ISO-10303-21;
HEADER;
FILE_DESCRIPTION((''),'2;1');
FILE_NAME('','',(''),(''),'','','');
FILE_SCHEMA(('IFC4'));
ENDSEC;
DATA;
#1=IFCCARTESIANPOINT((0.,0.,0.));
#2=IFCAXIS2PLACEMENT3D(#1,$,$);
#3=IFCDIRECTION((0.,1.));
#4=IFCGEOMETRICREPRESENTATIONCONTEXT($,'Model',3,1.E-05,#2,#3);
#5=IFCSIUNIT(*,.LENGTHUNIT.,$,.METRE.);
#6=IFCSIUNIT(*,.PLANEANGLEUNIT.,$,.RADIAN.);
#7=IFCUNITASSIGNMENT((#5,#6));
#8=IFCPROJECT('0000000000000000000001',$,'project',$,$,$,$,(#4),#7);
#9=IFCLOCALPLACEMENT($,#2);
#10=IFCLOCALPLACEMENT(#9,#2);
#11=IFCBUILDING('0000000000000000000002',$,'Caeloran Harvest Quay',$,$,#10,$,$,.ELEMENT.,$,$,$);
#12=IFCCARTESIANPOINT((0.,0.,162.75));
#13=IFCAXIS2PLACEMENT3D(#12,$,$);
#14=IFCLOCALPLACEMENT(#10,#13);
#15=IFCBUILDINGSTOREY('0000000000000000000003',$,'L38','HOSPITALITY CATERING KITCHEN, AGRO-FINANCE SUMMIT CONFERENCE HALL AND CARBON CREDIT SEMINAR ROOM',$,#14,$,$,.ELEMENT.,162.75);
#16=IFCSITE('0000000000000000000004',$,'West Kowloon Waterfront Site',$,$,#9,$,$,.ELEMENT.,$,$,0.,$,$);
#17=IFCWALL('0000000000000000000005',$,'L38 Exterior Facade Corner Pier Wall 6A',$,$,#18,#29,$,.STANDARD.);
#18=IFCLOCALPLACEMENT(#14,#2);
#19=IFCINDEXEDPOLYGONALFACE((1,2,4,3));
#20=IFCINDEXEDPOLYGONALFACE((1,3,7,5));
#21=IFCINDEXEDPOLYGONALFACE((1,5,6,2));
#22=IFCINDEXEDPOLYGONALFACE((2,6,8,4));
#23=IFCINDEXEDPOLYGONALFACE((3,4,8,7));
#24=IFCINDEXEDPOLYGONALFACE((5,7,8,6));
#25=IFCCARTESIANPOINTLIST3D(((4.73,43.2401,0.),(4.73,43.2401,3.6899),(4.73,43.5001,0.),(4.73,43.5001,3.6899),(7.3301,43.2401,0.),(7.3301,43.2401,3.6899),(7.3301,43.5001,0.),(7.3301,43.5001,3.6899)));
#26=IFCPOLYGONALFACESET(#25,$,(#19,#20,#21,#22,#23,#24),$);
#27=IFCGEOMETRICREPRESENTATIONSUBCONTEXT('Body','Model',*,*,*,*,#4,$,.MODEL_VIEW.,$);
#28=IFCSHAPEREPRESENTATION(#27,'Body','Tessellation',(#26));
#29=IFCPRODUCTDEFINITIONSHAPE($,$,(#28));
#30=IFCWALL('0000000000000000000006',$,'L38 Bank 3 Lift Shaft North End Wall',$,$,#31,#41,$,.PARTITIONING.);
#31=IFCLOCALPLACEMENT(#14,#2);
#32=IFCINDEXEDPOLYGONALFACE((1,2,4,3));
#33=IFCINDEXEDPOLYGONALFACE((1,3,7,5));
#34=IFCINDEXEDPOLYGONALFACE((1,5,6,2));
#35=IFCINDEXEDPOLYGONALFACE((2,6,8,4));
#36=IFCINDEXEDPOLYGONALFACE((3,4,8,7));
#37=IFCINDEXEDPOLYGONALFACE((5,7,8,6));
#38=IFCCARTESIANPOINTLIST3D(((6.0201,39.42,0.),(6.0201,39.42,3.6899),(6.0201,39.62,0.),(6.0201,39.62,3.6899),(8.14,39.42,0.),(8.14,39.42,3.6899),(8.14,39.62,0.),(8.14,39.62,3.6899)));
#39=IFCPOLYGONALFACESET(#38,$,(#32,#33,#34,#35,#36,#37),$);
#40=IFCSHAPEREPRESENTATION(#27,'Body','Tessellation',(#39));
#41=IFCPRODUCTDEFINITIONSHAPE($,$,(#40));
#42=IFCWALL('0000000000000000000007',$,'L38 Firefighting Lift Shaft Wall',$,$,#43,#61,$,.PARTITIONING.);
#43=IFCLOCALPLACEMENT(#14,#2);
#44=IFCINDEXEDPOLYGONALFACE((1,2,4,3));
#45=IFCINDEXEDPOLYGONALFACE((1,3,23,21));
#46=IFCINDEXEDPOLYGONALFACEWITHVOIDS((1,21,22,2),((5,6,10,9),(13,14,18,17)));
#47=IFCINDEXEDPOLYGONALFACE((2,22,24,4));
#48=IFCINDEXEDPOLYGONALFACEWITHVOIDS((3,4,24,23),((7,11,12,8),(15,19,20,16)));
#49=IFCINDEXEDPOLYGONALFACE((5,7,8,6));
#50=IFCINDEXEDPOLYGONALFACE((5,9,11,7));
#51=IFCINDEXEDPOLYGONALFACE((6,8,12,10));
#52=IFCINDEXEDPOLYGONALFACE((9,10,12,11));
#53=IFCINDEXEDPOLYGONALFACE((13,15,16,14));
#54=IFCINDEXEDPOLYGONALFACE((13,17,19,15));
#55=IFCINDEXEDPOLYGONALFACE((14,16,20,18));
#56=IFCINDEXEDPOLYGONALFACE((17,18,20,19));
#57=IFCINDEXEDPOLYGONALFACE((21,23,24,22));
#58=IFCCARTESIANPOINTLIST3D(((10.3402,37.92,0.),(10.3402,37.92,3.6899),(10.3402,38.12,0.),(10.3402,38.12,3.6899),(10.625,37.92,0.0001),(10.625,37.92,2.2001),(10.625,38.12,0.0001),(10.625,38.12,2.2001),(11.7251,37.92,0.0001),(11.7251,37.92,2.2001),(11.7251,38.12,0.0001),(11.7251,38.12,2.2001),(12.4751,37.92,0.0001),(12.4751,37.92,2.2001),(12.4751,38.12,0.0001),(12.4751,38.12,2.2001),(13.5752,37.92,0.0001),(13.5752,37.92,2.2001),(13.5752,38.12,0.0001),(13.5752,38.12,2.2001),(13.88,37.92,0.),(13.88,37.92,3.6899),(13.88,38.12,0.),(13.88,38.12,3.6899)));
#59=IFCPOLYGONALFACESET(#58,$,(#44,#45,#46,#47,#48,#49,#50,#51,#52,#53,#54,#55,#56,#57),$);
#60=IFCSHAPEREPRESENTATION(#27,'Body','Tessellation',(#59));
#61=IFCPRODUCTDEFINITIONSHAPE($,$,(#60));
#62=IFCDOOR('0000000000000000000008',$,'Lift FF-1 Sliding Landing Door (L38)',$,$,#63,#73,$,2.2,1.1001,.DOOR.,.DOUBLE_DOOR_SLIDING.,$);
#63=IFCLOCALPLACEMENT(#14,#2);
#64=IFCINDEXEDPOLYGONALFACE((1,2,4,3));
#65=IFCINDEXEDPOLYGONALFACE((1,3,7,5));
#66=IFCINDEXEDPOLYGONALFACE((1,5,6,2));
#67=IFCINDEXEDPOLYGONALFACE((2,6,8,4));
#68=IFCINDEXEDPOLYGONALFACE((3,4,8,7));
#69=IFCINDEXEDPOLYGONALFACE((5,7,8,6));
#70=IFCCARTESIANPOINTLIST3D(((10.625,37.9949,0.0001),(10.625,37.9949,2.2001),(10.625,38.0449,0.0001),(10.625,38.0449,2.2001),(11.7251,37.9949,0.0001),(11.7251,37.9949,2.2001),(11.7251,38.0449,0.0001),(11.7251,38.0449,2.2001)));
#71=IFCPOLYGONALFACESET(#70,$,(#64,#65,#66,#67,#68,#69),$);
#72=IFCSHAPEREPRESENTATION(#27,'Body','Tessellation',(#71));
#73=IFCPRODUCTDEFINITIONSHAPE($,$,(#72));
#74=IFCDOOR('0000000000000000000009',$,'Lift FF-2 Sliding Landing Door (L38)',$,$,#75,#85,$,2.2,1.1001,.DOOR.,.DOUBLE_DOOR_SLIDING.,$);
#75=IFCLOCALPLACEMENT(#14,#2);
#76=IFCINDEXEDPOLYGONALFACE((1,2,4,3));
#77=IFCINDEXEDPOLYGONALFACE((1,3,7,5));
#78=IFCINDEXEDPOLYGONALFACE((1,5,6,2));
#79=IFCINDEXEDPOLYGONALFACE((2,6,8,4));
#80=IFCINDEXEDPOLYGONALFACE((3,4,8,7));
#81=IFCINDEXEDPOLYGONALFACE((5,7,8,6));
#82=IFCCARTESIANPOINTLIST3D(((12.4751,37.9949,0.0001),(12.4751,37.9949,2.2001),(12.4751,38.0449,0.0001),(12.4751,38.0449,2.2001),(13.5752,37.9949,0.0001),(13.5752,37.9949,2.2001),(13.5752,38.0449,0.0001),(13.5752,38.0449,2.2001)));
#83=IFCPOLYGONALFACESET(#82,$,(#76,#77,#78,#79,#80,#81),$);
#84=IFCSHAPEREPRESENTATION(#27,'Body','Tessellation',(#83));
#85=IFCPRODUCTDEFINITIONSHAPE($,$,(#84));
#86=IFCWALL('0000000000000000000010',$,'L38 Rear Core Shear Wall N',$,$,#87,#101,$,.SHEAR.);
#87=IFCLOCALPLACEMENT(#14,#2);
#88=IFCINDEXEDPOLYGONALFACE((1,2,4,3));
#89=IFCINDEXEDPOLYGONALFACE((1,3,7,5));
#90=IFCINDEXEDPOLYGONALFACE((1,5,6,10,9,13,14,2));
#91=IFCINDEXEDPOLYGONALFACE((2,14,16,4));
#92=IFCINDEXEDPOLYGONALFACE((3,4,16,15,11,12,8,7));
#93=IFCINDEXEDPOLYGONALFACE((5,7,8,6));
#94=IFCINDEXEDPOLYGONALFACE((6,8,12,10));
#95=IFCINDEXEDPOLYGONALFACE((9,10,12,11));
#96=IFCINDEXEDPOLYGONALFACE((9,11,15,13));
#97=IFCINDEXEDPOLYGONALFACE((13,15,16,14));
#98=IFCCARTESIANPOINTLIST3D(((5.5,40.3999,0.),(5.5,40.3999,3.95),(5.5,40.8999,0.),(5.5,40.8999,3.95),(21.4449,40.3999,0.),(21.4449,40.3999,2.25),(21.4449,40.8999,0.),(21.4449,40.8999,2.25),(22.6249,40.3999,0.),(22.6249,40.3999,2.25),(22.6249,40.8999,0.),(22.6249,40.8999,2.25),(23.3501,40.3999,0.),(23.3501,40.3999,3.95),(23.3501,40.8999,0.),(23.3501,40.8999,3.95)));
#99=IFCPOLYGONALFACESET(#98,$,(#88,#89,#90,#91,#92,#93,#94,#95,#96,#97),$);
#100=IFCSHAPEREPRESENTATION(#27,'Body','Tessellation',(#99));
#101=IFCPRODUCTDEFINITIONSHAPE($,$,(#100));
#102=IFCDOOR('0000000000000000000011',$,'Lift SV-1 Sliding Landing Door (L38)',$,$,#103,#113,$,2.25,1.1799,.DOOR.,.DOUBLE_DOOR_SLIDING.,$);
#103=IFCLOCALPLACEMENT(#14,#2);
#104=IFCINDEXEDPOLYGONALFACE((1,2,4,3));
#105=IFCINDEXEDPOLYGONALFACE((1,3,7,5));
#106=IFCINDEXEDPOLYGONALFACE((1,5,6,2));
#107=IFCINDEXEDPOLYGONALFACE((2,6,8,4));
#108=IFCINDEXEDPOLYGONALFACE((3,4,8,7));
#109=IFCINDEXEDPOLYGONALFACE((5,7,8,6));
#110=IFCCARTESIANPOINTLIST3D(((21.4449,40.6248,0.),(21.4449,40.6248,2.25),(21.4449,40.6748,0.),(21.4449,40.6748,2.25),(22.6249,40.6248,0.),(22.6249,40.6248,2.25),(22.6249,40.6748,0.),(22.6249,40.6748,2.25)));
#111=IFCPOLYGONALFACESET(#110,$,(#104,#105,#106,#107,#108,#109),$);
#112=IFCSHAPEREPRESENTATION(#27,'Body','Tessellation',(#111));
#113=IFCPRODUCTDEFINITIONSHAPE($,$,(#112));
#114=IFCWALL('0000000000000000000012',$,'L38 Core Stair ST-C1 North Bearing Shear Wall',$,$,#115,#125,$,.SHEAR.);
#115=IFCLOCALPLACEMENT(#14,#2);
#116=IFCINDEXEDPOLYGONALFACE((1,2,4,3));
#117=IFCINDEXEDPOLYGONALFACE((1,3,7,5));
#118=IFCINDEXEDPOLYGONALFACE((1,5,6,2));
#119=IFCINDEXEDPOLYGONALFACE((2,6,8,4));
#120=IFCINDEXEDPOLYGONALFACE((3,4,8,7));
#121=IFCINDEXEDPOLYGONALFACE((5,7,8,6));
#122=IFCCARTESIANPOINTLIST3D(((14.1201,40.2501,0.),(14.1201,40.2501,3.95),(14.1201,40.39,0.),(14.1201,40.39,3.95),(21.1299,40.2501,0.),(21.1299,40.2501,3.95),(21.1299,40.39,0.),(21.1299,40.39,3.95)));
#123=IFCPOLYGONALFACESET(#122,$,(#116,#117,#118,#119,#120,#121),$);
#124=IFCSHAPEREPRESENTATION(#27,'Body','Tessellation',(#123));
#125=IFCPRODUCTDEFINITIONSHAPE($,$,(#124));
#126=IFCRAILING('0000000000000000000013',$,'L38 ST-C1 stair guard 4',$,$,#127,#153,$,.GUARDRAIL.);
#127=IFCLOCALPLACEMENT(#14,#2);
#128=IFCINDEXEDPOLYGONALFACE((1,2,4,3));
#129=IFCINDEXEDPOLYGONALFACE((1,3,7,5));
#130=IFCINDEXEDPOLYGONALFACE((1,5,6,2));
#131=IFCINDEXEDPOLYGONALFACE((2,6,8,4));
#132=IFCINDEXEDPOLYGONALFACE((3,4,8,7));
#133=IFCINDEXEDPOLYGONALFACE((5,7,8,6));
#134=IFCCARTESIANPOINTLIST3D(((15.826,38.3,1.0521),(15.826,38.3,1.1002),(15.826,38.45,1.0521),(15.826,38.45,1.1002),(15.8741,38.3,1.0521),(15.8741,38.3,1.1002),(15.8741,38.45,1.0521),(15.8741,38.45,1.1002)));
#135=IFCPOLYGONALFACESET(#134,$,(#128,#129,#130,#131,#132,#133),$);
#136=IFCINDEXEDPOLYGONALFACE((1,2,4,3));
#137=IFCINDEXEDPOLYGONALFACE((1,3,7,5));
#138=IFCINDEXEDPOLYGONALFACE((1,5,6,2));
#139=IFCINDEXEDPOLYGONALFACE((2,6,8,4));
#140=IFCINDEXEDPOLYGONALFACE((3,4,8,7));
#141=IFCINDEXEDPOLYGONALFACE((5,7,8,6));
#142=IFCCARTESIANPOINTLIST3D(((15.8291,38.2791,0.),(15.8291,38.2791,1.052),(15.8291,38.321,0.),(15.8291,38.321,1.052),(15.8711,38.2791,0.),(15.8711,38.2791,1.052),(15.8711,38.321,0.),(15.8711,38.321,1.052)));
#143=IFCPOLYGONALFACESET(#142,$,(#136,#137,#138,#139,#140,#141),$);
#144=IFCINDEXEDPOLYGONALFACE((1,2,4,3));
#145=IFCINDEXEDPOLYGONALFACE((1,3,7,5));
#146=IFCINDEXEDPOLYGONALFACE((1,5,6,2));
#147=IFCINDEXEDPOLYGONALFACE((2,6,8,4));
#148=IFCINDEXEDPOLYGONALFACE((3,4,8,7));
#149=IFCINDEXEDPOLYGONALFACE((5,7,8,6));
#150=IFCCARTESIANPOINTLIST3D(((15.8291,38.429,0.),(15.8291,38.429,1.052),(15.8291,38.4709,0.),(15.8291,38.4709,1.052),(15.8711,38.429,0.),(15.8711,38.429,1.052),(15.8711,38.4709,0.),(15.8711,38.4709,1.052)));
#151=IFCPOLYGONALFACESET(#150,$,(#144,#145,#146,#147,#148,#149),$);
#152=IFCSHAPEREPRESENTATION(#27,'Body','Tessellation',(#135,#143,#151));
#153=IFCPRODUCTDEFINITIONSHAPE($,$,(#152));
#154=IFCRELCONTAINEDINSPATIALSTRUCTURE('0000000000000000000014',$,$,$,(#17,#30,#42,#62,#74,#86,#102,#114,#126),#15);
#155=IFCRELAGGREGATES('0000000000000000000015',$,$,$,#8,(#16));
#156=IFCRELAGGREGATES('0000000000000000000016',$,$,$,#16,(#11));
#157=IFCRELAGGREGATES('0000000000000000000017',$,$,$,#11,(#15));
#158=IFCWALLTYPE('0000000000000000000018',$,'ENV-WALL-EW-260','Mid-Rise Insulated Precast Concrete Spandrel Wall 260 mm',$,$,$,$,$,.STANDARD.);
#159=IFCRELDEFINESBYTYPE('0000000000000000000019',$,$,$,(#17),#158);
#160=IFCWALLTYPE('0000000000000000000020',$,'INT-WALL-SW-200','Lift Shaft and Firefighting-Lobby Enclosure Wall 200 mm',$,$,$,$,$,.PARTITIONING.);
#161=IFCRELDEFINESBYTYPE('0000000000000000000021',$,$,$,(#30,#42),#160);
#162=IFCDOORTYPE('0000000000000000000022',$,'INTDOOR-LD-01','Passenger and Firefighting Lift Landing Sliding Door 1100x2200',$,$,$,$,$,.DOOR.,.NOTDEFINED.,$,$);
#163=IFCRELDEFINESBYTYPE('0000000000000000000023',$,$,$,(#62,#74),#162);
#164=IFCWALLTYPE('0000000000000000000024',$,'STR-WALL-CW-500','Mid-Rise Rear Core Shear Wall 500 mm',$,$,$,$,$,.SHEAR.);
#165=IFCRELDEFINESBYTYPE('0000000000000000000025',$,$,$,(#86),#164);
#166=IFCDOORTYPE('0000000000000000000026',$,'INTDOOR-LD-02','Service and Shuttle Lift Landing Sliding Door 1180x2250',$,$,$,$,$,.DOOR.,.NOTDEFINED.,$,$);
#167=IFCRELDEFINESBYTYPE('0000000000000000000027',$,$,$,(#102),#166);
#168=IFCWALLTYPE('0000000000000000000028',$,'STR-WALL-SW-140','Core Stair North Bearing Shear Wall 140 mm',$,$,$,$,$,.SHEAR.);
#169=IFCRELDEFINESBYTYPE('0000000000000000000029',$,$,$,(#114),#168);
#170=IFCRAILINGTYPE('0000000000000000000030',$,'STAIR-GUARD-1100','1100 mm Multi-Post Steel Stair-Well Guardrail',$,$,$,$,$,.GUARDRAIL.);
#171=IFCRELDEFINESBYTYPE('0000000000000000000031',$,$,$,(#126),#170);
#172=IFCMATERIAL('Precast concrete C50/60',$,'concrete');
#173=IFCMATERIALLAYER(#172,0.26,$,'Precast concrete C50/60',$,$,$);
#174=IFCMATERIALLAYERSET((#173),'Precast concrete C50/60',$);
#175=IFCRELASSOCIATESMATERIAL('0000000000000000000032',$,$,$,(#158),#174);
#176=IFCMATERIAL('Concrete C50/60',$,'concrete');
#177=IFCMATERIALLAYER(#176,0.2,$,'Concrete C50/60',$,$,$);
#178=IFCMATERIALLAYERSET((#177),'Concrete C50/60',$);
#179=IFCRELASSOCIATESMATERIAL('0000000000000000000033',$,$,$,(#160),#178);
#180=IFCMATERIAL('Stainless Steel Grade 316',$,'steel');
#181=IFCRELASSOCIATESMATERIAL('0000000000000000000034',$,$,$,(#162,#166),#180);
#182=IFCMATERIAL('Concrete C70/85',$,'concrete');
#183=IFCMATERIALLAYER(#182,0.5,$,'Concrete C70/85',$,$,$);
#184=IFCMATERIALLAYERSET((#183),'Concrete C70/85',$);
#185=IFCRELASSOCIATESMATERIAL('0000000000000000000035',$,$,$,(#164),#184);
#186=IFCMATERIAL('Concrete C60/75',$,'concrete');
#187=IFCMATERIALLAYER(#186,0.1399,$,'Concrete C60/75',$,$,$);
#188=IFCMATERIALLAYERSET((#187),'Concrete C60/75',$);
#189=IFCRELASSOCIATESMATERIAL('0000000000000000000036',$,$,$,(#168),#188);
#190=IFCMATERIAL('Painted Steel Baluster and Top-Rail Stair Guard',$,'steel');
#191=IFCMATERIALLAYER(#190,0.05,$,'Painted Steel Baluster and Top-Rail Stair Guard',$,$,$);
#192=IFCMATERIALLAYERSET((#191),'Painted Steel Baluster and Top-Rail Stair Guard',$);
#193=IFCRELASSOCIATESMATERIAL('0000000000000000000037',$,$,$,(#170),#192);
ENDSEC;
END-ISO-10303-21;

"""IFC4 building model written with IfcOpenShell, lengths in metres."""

from ifc_helpers import new_model, si_unit, direction, frame, frame_2d, origin, origin_2d, place, context, subcontext, project, spatial, rectangle, extrude, material, layer, layer_set, type_object, element, fill, save


model = new_model("IFC4")

# Units and contexts
model_context = context("Model", 3, precision=1e-05, world=origin(), true_north=direction((0.0, 1.0)))
body_context = subcontext(model_context, "Body", "Model", "MODEL_VIEW")
ifc_project = project(units=[si_unit("LENGTHUNIT", "METRE"), si_unit("PLANEANGLEUNIT", "RADIAN")], contexts=[model_context])

# Site, building, storey
site_placement = place(None, origin())
site = spatial("IfcSite", under=ifc_project, at=site_placement, Name="West Kowloon Waterfront Site", CompositionType="ELEMENT", RefElevation=0.0)
building_placement = place(site_placement, origin())
building = spatial("IfcBuilding", under=site, at=building_placement, Name="Caeloran Harvest Quay", CompositionType="ELEMENT")
storey_placement = place(building_placement, frame((0.0, 0.0, 162.75)))
storey = spatial("IfcBuildingStorey", under=building, at=storey_placement, Name="L38", Description="HOSPITALITY CATERING KITCHEN, AGRO-FINANCE SUMMIT CONFERENCE HALL AND CARBON CREDIT SEMINAR ROOM", CompositionType="ELEMENT", Elevation=162.75)

# Walls
ifc_material_1 = material(Name="Precast concrete C50/60", Category="concrete")
ifc_layer_1 = layer(ifc_material_1, 0.26, Name="Precast concrete C50/60")
ifc_layer_set_1 = layer_set([ifc_layer_1], Name="Precast concrete C50/60")
wall_type_1 = type_object("IfcWallType", Name="ENV-WALL-EW-260", Description="Mid-Rise Insulated Precast Concrete Spandrel Wall 260 mm", PredefinedType="STANDARD", material=ifc_layer_set_1)
wall_1_placement = place(storey_placement, frame((4.73, 43.3701, 0.0), z_axis=(0.0, 0.0, 1.0), x_axis=(1.0, 0.0, 0.0)))
element("IfcWall", 1, at=wall_1_placement, inside=storey, type_object=wall_type_1, Name="L38 Exterior Facade Corner Pier Wall 6A", PredefinedType="STANDARD", context=body_context, shape_type="SweptSolid", body=[
    extrude(rectangle(XDim=2.6001, YDim=0.26, at=frame_2d((1.3, 0.0))), origin(), (0.0, 0.0, 1.0), 3.6899),
])
ifc_material_2 = material(Name="Concrete C50/60", Category="concrete")
ifc_layer_2 = layer(ifc_material_2, 0.2, Name="Concrete C50/60")
ifc_layer_set_2 = layer_set([ifc_layer_2], Name="Concrete C50/60")
wall_type_2 = type_object("IfcWallType", Name="INT-WALL-SW-200", Description="Lift Shaft and Firefighting-Lobby Enclosure Wall 200 mm", PredefinedType="PARTITIONING", material=ifc_layer_set_2)
wall_2_placement = place(storey_placement, frame((6.02, 39.52, 0.0), z_axis=(0.0, 0.0, 1.0), x_axis=(1.0, 0.0, 0.0)))
element("IfcWall", 2, at=wall_2_placement, inside=storey, type_object=wall_type_2, Name="L38 Bank 3 Lift Shaft North End Wall", PredefinedType="PARTITIONING", context=body_context, shape_type="SweptSolid", body=[
    extrude(rectangle(XDim=2.1199, YDim=0.2, at=frame_2d((1.0601, 0.0))), origin(), (0.0, 0.0, 1.0), 3.6899),
])

# Wall, openings, doors
wall_3_placement = place(storey_placement, frame((10.3401, 38.02, 0.0), z_axis=(0.0, 0.0, 1.0), x_axis=(1.0, 0.0, 0.0)))
wall_3 = element("IfcWall", 3, at=wall_3_placement, inside=storey, type_object=wall_type_2, Name="L38 Firefighting Lift Shaft Wall", PredefinedType="PARTITIONING", context=body_context, shape_type="SweptSolid", body=[
    extrude(rectangle(XDim=3.5398, YDim=0.2, at=frame_2d((1.77, 0.0))), origin(), (0.0, 0.0, 1.0), 3.6899),
])
opening_1_placement = place(wall_3_placement, frame((0.2849, 0.0, 0.0)))
opening_1 = element("IfcOpeningElement", 4, at=opening_1_placement, cuts=wall_3, PredefinedType="OPENING", context=body_context, shape_type="SweptSolid", body=[
    extrude(rectangle(XDim=1.1001, YDim=2.2, at=frame_2d((0.55, 1.1001))), frame((0.0, 0.1099, 0.0), z_axis=(0.0, -1.0, 0.0), x_axis=(1.0, 0.0, 0.0)), (0.0, 0.0, 1.0), 0.22),
])
opening_2_placement = place(wall_3_placement, frame((2.135, 0.0, 0.0)))
opening_2 = element("IfcOpeningElement", 5, at=opening_2_placement, cuts=wall_3, PredefinedType="OPENING", context=body_context, shape_type="SweptSolid", body=[
    extrude(rectangle(XDim=1.1001, YDim=2.2, at=frame_2d((0.55, 1.1001))), frame((0.0, 0.1099, 0.0), z_axis=(0.0, -1.0, 0.0), x_axis=(1.0, 0.0, 0.0)), (0.0, 0.0, 1.0), 0.22),
])
ifc_material_3 = material(Name="Stainless Steel Grade 316", Category="steel")
door_type_1 = type_object("IfcDoorType", Name="INTDOOR-LD-01", Description="Passenger and Firefighting Lift Landing Sliding Door 1100x2200", OperationType="NOTDEFINED", PredefinedType="DOOR", material=ifc_material_3)
door_1_placement = place(opening_1_placement, origin())
door_1 = element("IfcDoor", 6, at=door_1_placement, inside=storey, type_object=door_type_1, Name="Lift FF-1 Sliding Landing Door (L38)", OperationType="DOUBLE_DOOR_SLIDING", OverallHeight=2.2, OverallWidth=1.1001, PredefinedType="DOOR", context=body_context, shape_type="SweptSolid", body=[
    extrude(rectangle(XDim=1.1001, YDim=2.2, at=frame_2d((0.55, 1.1001))), frame((0.0, 0.0249, 0.0), z_axis=(0.0, -1.0, 0.0), x_axis=(1.0, 0.0, 0.0)), (0.0, 0.0, 1.0), 0.05),
])
fill(opening_1, door_1)
door_2_placement = place(opening_2_placement, origin())
door_2 = element("IfcDoor", 7, at=door_2_placement, inside=storey, type_object=door_type_1, Name="Lift FF-2 Sliding Landing Door (L38)", OperationType="DOUBLE_DOOR_SLIDING", OverallHeight=2.2, OverallWidth=1.1001, PredefinedType="DOOR", context=body_context, shape_type="SweptSolid", body=[
    extrude(rectangle(XDim=1.1001, YDim=2.2, at=frame_2d((0.55, 1.1001))), frame((0.0, 0.0249, 0.0), z_axis=(0.0, -1.0, 0.0), x_axis=(1.0, 0.0, 0.0)), (0.0, 0.0, 1.0), 0.05),
])
fill(opening_2, door_2)

# Wall, opening, door
ifc_material_4 = material(Name="Concrete C70/85", Category="concrete")
ifc_layer_3 = layer(ifc_material_4, 0.5, Name="Concrete C70/85")
ifc_layer_set_3 = layer_set([ifc_layer_3], Name="Concrete C70/85")
wall_type_3 = type_object("IfcWallType", Name="STR-WALL-CW-500", Description="Mid-Rise Rear Core Shear Wall 500 mm", PredefinedType="SHEAR", material=ifc_layer_set_3)
wall_4_placement = place(storey_placement, frame((5.5, 40.6499, 0.0), z_axis=(0.0, 0.0, 1.0), x_axis=(1.0, 0.0, 0.0)))
wall_4 = element("IfcWall", 8, at=wall_4_placement, inside=storey, type_object=wall_type_3, Name="L38 Rear Core Shear Wall N", PredefinedType="SHEAR", context=body_context, shape_type="SweptSolid", body=[
    extrude(rectangle(XDim=17.8501, YDim=0.5, at=frame_2d((8.925, 0.0))), origin(), (0.0, 0.0, 1.0), 3.95),
])
opening_3_placement = place(wall_4_placement, frame((15.9451, 0.0, 0.0)))
opening_3 = element("IfcOpeningElement", 9, at=opening_3_placement, cuts=wall_4, PredefinedType="OPENING", context=body_context, shape_type="SweptSolid", body=[
    extrude(rectangle(XDim=1.1799, YDim=2.25, at=frame_2d((0.5898, 1.125))), frame((0.0, 0.26, 0.0), z_axis=(0.0, -1.0, 0.0), x_axis=(1.0, 0.0, 0.0)), (0.0, 0.0, 1.0), 0.52),
])
door_type_2 = type_object("IfcDoorType", Name="INTDOOR-LD-02", Description="Service and Shuttle Lift Landing Sliding Door 1180x2250", OperationType="NOTDEFINED", PredefinedType="DOOR", material=ifc_material_3)
door_3_placement = place(opening_3_placement, origin())
door_3 = element("IfcDoor", 10, at=door_3_placement, inside=storey, type_object=door_type_2, Name="Lift SV-1 Sliding Landing Door (L38)", OperationType="DOUBLE_DOOR_SLIDING", OverallHeight=2.25, OverallWidth=1.1799, PredefinedType="DOOR", context=body_context, shape_type="SweptSolid", body=[
    extrude(rectangle(XDim=1.1799, YDim=2.25, at=frame_2d((0.5898, 1.125))), frame((0.0, 0.0249, 0.0), z_axis=(0.0, -1.0, 0.0), x_axis=(1.0, 0.0, 0.0)), (0.0, 0.0, 1.0), 0.05),
])
fill(opening_3, door_3)

# Wall
ifc_material_5 = material(Name="Concrete C60/75", Category="concrete")
ifc_layer_4 = layer(ifc_material_5, 0.1399, Name="Concrete C60/75")
ifc_layer_set_4 = layer_set([ifc_layer_4], Name="Concrete C60/75")
wall_type_4 = type_object("IfcWallType", Name="STR-WALL-SW-140", Description="Core Stair North Bearing Shear Wall 140 mm", PredefinedType="SHEAR", material=ifc_layer_set_4)
wall_5_placement = place(storey_placement, frame((14.1201, 40.3201, 0.0), z_axis=(0.0, 0.0, 1.0), x_axis=(1.0, 0.0, 0.0)))
element("IfcWall", 11, at=wall_5_placement, inside=storey, type_object=wall_type_4, Name="L38 Core Stair ST-C1 North Bearing Shear Wall", PredefinedType="SHEAR", context=body_context, shape_type="SweptSolid", body=[
    extrude(rectangle(XDim=7.0098, YDim=0.1399, at=frame_2d((3.5049, 0.0))), origin(), (0.0, 0.0, 1.0), 3.95),
])

# Railing
ifc_material_6 = material(Name="Painted Steel Baluster and Top-Rail Stair Guard", Category="steel")
ifc_layer_5 = layer(ifc_material_6, 0.05, Name="Painted Steel Baluster and Top-Rail Stair Guard")
ifc_layer_set_5 = layer_set([ifc_layer_5], Name="Painted Steel Baluster and Top-Rail Stair Guard")
railing_type = type_object("IfcRailingType", Name="STAIR-GUARD-1100", Description="1100 mm Multi-Post Steel Stair-Well Guardrail", PredefinedType="GUARDRAIL", material=ifc_layer_set_5)
railing_placement = place(storey_placement, frame((15.8501, 38.3, 0.0)))
element("IfcRailing", 12, at=railing_placement, inside=storey, type_object=railing_type, Name="L38 ST-C1 stair guard 4", PredefinedType="GUARDRAIL", context=body_context, shape_type="SweptSolid", body=[
    extrude(rectangle(XDim=0.0481, YDim=0.0481, at=origin_2d()), frame((0.0, 0.0, 1.0762), z_axis=(0.0, 1.0, 0.0), x_axis=(-1.0, 0.0, 0.0)), (0.0, 0.0, 1.0), 0.1499),
    extrude(rectangle(XDim=0.042, YDim=0.042, at=origin_2d()), origin(), (0.0, 0.0, 1.0), 1.052),
    extrude(rectangle(XDim=0.042, YDim=0.042, at=origin_2d()), frame((0.0, 0.1499, 0.0)), (0.0, 0.0, 1.0), 1.052),
])

save(model, "model.ifc")
